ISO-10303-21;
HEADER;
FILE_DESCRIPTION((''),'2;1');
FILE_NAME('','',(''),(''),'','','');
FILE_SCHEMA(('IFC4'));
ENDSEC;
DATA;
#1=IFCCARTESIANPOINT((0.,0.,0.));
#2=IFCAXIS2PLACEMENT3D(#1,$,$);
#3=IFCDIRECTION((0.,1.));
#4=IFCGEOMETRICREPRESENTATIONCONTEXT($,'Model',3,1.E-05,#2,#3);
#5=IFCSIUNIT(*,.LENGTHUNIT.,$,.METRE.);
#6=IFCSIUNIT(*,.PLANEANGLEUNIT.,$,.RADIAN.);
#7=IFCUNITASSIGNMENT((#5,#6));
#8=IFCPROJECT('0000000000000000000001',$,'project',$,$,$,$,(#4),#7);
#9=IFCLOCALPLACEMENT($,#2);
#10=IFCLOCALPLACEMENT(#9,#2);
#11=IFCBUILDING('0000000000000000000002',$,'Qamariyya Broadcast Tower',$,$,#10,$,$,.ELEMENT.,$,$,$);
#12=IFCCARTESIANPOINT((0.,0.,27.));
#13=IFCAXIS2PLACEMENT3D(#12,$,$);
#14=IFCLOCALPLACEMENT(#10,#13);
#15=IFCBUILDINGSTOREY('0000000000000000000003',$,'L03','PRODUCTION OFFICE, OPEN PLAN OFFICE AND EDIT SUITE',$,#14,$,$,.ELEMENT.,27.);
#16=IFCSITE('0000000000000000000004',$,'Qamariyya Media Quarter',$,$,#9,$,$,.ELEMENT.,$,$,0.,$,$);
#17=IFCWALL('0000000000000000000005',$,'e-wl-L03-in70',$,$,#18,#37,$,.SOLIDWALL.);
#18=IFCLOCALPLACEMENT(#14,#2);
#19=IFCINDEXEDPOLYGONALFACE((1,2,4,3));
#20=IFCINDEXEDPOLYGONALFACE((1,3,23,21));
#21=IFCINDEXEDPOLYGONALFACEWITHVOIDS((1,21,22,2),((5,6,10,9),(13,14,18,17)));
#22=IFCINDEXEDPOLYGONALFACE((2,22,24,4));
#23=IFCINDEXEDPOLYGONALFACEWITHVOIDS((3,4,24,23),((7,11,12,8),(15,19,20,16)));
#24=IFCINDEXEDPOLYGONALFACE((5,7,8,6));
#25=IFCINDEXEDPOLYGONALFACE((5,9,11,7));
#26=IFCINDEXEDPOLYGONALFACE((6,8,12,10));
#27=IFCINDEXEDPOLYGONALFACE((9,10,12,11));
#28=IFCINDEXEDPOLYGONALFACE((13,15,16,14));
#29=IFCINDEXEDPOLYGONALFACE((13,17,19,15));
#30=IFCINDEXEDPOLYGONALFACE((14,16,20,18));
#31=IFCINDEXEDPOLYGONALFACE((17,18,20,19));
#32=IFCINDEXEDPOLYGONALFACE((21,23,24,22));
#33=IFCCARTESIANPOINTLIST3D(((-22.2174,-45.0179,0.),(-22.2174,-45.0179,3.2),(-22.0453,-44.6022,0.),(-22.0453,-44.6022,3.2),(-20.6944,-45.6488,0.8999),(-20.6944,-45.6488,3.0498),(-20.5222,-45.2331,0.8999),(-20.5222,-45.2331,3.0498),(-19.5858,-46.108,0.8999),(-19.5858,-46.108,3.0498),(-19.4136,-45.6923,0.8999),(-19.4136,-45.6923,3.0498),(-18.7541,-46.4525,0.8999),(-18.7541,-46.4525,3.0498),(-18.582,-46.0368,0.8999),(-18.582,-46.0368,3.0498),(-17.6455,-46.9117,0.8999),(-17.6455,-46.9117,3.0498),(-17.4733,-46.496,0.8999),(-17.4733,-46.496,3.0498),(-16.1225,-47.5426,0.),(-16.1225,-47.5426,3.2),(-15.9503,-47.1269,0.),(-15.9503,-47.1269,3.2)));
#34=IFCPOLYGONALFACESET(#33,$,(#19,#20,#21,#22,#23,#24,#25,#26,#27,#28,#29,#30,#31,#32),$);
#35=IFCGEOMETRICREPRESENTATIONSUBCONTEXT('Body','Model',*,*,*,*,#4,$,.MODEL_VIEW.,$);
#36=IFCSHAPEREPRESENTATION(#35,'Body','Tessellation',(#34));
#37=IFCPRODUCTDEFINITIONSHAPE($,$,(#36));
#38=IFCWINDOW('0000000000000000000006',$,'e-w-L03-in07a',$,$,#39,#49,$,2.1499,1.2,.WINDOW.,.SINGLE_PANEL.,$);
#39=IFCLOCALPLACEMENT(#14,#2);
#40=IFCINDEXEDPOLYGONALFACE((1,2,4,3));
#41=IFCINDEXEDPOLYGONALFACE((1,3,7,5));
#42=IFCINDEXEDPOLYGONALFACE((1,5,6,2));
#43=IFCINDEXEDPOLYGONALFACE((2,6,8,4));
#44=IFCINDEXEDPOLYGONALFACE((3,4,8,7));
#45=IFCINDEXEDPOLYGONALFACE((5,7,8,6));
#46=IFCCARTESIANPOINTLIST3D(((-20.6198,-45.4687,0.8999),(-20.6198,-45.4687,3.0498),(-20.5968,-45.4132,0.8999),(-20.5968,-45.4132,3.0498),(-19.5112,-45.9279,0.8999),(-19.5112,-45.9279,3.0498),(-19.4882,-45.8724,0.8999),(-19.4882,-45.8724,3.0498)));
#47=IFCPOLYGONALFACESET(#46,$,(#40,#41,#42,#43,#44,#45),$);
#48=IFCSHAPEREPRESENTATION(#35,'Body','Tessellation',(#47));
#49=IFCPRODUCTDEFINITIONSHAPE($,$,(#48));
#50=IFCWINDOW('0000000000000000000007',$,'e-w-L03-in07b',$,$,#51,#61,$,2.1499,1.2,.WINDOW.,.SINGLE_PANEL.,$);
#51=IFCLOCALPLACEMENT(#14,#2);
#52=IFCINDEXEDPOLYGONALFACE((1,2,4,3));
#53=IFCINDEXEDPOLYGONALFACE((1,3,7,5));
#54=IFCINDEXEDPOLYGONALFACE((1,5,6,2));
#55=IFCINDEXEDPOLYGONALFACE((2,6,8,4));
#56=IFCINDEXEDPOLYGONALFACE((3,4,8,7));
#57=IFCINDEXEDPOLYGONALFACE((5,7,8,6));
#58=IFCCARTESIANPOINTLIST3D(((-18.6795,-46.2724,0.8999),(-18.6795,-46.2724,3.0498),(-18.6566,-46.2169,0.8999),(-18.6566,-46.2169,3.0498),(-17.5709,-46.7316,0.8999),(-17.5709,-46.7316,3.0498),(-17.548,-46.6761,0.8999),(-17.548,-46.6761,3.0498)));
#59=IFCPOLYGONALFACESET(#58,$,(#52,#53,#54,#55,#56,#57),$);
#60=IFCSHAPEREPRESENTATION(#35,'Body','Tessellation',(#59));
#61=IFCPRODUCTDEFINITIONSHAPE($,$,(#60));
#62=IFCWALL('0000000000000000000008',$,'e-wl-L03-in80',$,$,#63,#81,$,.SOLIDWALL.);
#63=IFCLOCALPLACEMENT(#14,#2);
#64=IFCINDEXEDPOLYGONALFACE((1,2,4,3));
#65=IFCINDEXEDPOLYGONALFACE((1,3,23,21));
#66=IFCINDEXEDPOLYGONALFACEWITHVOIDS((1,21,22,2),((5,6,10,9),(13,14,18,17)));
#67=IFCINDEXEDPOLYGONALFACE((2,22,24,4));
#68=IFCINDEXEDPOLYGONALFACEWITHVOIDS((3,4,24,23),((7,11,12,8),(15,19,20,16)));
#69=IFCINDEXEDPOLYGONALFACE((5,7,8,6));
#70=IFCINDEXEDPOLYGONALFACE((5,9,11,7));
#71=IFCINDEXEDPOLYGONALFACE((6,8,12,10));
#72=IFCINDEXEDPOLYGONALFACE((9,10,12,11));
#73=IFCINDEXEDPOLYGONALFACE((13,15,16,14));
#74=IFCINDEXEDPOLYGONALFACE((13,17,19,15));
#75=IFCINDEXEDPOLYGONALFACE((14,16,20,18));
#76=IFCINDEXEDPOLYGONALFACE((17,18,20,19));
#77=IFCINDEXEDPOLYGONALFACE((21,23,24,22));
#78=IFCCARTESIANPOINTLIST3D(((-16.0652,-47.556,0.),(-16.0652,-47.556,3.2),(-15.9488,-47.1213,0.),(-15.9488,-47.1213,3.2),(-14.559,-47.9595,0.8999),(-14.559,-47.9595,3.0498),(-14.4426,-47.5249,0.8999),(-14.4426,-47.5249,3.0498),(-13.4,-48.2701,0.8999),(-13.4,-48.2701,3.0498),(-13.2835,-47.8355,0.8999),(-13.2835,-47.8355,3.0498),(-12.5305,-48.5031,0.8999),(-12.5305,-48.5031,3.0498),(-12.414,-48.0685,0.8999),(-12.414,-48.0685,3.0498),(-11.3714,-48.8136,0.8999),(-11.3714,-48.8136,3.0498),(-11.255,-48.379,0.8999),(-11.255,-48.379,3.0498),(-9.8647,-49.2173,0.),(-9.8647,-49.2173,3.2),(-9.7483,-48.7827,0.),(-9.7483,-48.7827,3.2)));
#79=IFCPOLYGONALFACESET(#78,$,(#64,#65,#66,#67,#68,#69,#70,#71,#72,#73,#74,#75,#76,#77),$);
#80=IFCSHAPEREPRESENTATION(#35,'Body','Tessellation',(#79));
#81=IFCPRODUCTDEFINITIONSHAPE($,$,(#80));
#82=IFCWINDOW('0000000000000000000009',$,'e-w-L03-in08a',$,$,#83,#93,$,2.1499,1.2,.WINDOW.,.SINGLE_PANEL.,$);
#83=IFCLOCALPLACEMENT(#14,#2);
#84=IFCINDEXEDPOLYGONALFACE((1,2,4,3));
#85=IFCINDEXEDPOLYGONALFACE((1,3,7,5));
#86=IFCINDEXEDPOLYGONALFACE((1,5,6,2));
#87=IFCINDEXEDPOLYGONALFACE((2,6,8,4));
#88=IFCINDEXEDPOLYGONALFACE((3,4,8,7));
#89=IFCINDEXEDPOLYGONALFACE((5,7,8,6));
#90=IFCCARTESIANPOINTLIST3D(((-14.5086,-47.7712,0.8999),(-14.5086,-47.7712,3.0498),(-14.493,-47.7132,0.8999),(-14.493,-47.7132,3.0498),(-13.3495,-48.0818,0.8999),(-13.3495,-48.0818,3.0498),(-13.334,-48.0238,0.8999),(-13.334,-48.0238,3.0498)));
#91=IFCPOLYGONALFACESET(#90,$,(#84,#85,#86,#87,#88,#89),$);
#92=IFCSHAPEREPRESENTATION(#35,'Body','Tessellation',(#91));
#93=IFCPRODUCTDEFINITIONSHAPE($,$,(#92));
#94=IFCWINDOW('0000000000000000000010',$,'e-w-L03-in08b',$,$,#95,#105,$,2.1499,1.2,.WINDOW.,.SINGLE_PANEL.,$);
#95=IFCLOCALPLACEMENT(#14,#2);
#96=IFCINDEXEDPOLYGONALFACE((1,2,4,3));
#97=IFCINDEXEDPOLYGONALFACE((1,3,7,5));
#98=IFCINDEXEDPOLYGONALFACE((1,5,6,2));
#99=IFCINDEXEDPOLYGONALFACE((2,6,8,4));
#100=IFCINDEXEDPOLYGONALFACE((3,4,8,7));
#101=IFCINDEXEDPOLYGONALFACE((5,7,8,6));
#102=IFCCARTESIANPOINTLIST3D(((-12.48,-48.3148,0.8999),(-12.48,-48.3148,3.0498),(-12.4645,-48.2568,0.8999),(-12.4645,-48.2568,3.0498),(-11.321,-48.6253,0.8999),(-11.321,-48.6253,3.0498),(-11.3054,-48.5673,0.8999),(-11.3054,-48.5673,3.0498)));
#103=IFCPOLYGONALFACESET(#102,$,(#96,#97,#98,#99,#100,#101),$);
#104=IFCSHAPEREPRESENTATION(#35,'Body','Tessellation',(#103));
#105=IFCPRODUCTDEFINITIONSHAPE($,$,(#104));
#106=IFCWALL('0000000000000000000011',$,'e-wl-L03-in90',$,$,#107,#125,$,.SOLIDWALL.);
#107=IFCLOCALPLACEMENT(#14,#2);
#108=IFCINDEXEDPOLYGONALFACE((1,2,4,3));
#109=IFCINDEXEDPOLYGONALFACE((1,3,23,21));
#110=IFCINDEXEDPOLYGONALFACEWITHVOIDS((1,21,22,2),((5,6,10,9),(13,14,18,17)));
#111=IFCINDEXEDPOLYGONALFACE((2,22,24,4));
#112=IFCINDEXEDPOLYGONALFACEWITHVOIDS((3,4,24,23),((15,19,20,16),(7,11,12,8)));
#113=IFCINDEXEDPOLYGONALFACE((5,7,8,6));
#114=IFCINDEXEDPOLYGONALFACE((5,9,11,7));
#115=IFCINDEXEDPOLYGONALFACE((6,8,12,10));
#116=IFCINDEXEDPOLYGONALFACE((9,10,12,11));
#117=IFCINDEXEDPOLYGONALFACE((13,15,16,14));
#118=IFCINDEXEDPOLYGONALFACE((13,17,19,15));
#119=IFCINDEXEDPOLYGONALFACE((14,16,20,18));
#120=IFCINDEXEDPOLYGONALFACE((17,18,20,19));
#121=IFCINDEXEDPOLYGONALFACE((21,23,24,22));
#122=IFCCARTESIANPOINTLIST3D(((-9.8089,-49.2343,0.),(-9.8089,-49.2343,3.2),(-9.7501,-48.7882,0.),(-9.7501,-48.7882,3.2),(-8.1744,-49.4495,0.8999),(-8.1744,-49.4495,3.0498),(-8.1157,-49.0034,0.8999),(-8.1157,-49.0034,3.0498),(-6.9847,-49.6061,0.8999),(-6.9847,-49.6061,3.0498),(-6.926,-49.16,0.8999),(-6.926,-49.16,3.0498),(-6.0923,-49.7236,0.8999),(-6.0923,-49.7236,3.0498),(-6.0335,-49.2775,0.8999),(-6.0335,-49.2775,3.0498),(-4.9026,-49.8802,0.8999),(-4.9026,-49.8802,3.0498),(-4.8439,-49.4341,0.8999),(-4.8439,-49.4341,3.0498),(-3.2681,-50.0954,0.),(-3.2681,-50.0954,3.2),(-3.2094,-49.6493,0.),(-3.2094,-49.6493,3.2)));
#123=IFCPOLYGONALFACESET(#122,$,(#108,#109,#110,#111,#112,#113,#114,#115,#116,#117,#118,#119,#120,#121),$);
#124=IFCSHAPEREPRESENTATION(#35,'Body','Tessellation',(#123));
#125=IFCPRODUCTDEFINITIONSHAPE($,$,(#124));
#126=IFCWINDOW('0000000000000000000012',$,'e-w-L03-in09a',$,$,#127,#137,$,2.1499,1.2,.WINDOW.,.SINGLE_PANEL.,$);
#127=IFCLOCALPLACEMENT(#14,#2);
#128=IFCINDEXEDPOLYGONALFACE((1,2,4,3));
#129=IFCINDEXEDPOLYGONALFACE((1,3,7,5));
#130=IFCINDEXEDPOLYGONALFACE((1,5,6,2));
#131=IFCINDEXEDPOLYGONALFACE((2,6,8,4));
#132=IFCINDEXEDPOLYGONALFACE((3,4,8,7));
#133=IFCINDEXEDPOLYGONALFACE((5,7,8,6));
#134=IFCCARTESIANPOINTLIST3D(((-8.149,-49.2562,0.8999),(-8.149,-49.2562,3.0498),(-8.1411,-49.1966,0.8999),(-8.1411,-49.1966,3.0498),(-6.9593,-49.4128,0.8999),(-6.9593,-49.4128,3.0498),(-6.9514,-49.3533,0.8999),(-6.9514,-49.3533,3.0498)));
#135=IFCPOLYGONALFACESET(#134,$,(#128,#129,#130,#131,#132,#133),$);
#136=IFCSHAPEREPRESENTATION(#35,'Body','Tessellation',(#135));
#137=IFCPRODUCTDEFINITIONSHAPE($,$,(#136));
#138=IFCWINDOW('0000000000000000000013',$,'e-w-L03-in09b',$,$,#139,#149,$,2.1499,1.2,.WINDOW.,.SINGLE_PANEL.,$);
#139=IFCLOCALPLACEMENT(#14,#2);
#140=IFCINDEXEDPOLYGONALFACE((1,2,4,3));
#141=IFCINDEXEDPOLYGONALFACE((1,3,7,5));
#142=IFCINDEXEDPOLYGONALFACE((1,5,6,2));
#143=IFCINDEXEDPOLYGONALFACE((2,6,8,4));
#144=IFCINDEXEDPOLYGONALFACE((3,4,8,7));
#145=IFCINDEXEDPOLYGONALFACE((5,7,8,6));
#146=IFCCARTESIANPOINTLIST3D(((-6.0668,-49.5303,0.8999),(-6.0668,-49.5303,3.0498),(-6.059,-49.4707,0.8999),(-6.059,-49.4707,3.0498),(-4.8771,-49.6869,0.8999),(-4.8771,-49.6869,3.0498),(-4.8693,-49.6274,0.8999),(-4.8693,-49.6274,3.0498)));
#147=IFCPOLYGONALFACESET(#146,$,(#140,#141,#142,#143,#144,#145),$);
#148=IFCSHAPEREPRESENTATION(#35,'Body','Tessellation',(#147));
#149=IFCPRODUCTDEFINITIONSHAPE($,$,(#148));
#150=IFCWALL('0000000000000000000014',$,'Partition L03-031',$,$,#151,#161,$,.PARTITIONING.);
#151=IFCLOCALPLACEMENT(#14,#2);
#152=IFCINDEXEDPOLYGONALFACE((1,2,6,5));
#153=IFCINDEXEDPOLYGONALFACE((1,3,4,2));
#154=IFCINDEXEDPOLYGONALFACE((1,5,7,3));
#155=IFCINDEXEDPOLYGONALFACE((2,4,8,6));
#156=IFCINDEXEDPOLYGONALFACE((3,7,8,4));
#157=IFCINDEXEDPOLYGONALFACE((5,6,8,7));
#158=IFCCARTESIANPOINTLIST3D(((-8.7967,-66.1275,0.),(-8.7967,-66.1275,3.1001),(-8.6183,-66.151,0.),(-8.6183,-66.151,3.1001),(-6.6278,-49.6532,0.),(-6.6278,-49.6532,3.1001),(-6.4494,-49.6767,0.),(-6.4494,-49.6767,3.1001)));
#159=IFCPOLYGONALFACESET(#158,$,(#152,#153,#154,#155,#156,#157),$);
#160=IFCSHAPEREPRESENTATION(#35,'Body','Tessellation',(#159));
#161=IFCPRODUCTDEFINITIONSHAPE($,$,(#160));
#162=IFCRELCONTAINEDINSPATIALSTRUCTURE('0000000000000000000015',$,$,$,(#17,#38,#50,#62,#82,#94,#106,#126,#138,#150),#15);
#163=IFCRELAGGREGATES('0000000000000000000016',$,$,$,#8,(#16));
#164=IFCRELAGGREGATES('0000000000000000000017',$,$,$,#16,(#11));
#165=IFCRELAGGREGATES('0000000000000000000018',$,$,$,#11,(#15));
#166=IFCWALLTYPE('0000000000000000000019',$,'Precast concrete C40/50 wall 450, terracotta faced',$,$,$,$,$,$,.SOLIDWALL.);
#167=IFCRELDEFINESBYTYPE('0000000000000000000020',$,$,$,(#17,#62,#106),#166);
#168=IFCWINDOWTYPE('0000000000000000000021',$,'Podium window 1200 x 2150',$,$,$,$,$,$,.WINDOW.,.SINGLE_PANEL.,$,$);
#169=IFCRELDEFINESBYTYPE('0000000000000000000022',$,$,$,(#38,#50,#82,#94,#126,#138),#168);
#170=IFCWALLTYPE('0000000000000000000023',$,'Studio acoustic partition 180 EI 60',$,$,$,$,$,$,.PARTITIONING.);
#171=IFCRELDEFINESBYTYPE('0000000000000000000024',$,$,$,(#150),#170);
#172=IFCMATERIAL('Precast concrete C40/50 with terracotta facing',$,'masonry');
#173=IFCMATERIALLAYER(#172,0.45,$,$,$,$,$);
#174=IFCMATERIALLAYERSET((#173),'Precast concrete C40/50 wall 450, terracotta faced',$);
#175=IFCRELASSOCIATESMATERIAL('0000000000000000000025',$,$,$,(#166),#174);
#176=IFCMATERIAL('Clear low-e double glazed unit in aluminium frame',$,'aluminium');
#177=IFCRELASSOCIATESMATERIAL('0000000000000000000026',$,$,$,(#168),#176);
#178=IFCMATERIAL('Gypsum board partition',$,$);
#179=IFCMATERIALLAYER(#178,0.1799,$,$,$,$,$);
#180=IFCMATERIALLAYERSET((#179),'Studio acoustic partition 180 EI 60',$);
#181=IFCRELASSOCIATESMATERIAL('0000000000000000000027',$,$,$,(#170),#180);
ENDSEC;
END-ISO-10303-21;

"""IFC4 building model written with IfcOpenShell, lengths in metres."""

from ifc_helpers import new_model, si_unit, direction, frame, frame_2d, origin, place, context, subcontext, project, spatial, rectangle, extrude, material, layer, layer_set, type_object, element, fill, save


model = new_model("IFC4")

# Units and contexts
model_context = context("Model", 3, precision=1e-05, world=origin(), true_north=direction((0.0, 1.0)))
body_context = subcontext(model_context, "Body", "Model", "MODEL_VIEW")
ifc_project = project(units=[si_unit("LENGTHUNIT", "METRE"), si_unit("PLANEANGLEUNIT", "RADIAN")], contexts=[model_context])

# Site, building, storey
site_placement = place(None, origin())
site = spatial("IfcSite", under=ifc_project, at=site_placement, Name="Qamariyya Media Quarter", CompositionType="ELEMENT", RefElevation=0.0)
building_placement = place(site_placement, origin())
building = spatial("IfcBuilding", under=site, at=building_placement, Name="Qamariyya Broadcast Tower", CompositionType="ELEMENT")
storey_placement = place(building_placement, frame((0.0, 0.0, 27.0)))
storey = spatial("IfcBuildingStorey", under=building, at=storey_placement, Name="L03", Description="PRODUCTION OFFICE, OPEN PLAN OFFICE AND EDIT SUITE", CompositionType="ELEMENT", Elevation=27.0)

# Shared definitions
ifc_material_1 = material(Name="Gypsum board partition")

# Walls, openings, windows
ifc_material_2 = material(Name="Precast concrete C40/50 with terracotta facing", Category="masonry")
ifc_layer_1 = layer(ifc_material_2, 0.45)
ifc_layer_set_1 = layer_set([ifc_layer_1], Name="Precast concrete C40/50 wall 450, terracotta faced")
wall_type_1 = type_object("IfcWallType", Name="Precast concrete C40/50 wall 450, terracotta faced", PredefinedType="SOLIDWALL", material=ifc_layer_set_1)
ifc_material_3 = material(Name="Clear low-e double glazed unit in aluminium frame", Category="aluminium")
window_type = type_object("IfcWindowType", Name="Podium window 1200 x 2150", PartitioningType="SINGLE_PANEL", PredefinedType="WINDOW", material=ifc_material_3)
wall_1_placement = place(storey_placement, frame((-16.0364, -47.3347, 0.0), z_axis=(0.0, 0.0, 1.0), x_axis=(-0.923877, 0.382688, 0.0)))
wall_1 = element("IfcWall", 1, at=wall_1_placement, inside=storey, type_object=wall_type_1, Name="e-wl-L03-in70", PredefinedType="SOLIDWALL", context=body_context, shape_type="SweptSolid", body=[
    extrude(rectangle(XDim=6.5972, YDim=0.45, at=frame_2d((3.2986, 0.0))), origin(), (0.0, 0.0, 1.0), 3.2),
])
opening_1_placement = place(wall_1_placement, frame((3.7485, 0.0, 0.8999)))
opening_1 = element("IfcOpeningElement", 2, at=opening_1_placement, cuts=wall_1, PredefinedType="OPENING", context=body_context, shape_type="SweptSolid", body=[
    extrude(rectangle(XDim=1.2, YDim=2.1499, at=frame_2d((0.6001, 1.075))), frame((0.0, 0.2349, 0.0), z_axis=(0.0, -1.0, 0.0), x_axis=(1.0, 0.0, 0.0)), (0.0, 0.0, 1.0), 0.47),
])
opening_2_placement = place(wall_1_placement, frame((1.6484, 0.0, 0.8999)))
opening_2 = element("IfcOpeningElement", 3, at=opening_2_placement, cuts=wall_1, PredefinedType="OPENING", context=body_context, shape_type="SweptSolid", body=[
    extrude(rectangle(XDim=1.2, YDim=2.1499, at=frame_2d((0.6001, 1.075))), frame((0.0, 0.2349, 0.0), z_axis=(0.0, -1.0, 0.0), x_axis=(1.0, 0.0, 0.0)), (0.0, 0.0, 1.0), 0.47),
])
window_1_placement = place(opening_1_placement, origin())
window_1 = element("IfcWindow", 4, at=window_1_placement, inside=storey, type_object=window_type, Name="e-w-L03-in07a", OverallHeight=2.1499, OverallWidth=1.2, PartitioningType="SINGLE_PANEL", PredefinedType="WINDOW", context=body_context, shape_type="SweptSolid", body=[
    extrude(rectangle(XDim=1.2, YDim=2.1499, at=frame_2d((0.6001, 1.075))), frame((0.0, 0.03, 0.0), z_axis=(0.0, -1.0, 0.0), x_axis=(1.0, 0.0, 0.0)), (0.0, 0.0, 1.0), 0.0601),
])
fill(opening_1, window_1)
window_2_placement = place(opening_2_placement, origin())
window_2 = element("IfcWindow", 5, at=window_2_placement, inside=storey, type_object=window_type, Name="e-w-L03-in07b", OverallHeight=2.1499, OverallWidth=1.2, PartitioningType="SINGLE_PANEL", PredefinedType="WINDOW", context=body_context, shape_type="SweptSolid", body=[
    extrude(rectangle(XDim=1.2, YDim=2.1499, at=frame_2d((0.6001, 1.075))), frame((0.0, 0.03, 0.0), z_axis=(0.0, -1.0, 0.0), x_axis=(1.0, 0.0, 0.0)), (0.0, 0.0, 1.0), 0.0601),
])
fill(opening_2, window_2)
wall_2_placement = place(storey_placement, frame((-9.8066, -49.0, 0.0), z_axis=(0.0, 0.0, 1.0), x_axis=(-0.965927, 0.258815, 0.0)))
wall_2 = element("IfcWall", 6, at=wall_2_placement, inside=storey, type_object=wall_type_1, Name="e-wl-L03-in80", PredefinedType="SOLIDWALL", context=body_context, shape_type="SweptSolid", body=[
    extrude(rectangle(XDim=6.4192, YDim=0.45, at=frame_2d((3.2095, 0.0))), origin(), (0.0, 0.0, 1.0), 3.2),
])
opening_3_placement = place(wall_2_placement, frame((3.6597, 0.0, 0.8999)))
opening_3 = element("IfcOpeningElement", 7, at=opening_3_placement, cuts=wall_2, PredefinedType="OPENING", context=body_context, shape_type="SweptSolid", body=[
    extrude(rectangle(XDim=1.2, YDim=2.1499, at=frame_2d((0.6001, 1.075))), frame((0.0, 0.2349, 0.0), z_axis=(0.0, -1.0, 0.0), x_axis=(1.0, 0.0, 0.0)), (0.0, 0.0, 1.0), 0.47),
])
opening_4_placement = place(wall_2_placement, frame((1.5596, 0.0, 0.8999)))
opening_4 = element("IfcOpeningElement", 8, at=opening_4_placement, cuts=wall_2, PredefinedType="OPENING", context=body_context, shape_type="SweptSolid", body=[
    extrude(rectangle(XDim=1.2, YDim=2.1499, at=frame_2d((0.6001, 1.075))), frame((0.0, 0.2349, 0.0), z_axis=(0.0, -1.0, 0.0), x_axis=(1.0, 0.0, 0.0)), (0.0, 0.0, 1.0), 0.47),
])
window_3_placement = place(opening_3_placement, origin())
window_3 = element("IfcWindow", 9, at=window_3_placement, inside=storey, type_object=window_type, Name="e-w-L03-in08a", OverallHeight=2.1499, OverallWidth=1.2, PartitioningType="SINGLE_PANEL", PredefinedType="WINDOW", context=body_context, shape_type="SweptSolid", body=[
    extrude(rectangle(XDim=1.2, YDim=2.1499, at=frame_2d((0.6001, 1.075))), frame((0.0, 0.03, 0.0), z_axis=(0.0, -1.0, 0.0), x_axis=(1.0, 0.0, 0.0)), (0.0, 0.0, 1.0), 0.0601),
])
fill(opening_3, window_3)
window_4_placement = place(opening_4_placement, origin())
window_4 = element("IfcWindow", 10, at=window_4_placement, inside=storey, type_object=window_type, Name="e-w-L03-in08b", OverallHeight=2.1499, OverallWidth=1.2, PartitioningType="SINGLE_PANEL", PredefinedType="WINDOW", context=body_context, shape_type="SweptSolid", body=[
    extrude(rectangle(XDim=1.2, YDim=2.1499, at=frame_2d((0.6001, 1.075))), frame((0.0, 0.03, 0.0), z_axis=(0.0, -1.0, 0.0), x_axis=(1.0, 0.0, 0.0)), (0.0, 0.0, 1.0), 0.0601),
])
fill(opening_4, window_4)
wall_3_placement = place(storey_placement, frame((-3.2388, -49.8723, 0.0), z_axis=(0.0, 0.0, 1.0), x_axis=(-0.991445, 0.130522, 0.0)))
wall_3 = element("IfcWall", 11, at=wall_3_placement, inside=storey, type_object=wall_type_1, Name="e-wl-L03-in90", PredefinedType="SOLIDWALL", context=body_context, shape_type="SweptSolid", body=[
    extrude(rectangle(XDim=6.5972, YDim=0.45, at=frame_2d((3.2986, 0.0))), origin(), (0.0, 0.0, 1.0), 3.2),
])
opening_5_placement = place(wall_3_placement, frame((3.7485, 0.0, 0.8999)))
opening_5 = element("IfcOpeningElement", 12, at=opening_5_placement, cuts=wall_3, PredefinedType="OPENING", context=body_context, shape_type="SweptSolid", body=[
    extrude(rectangle(XDim=1.2, YDim=2.1499, at=frame_2d((0.6001, 1.075))), frame((0.0, 0.2349, 0.0), z_axis=(0.0, -1.0, 0.0), x_axis=(1.0, 0.0, 0.0)), (0.0, 0.0, 1.0), 0.47),
])
opening_6_placement = place(wall_3_placement, frame((1.6484, 0.0, 0.8999)))
opening_6 = element("IfcOpeningElement", 13, at=opening_6_placement, cuts=wall_3, PredefinedType="OPENING", context=body_context, shape_type="SweptSolid", body=[
    extrude(rectangle(XDim=1.2, YDim=2.1499, at=frame_2d((0.6001, 1.075))), frame((0.0, 0.2349, 0.0), z_axis=(0.0, -1.0, 0.0), x_axis=(1.0, 0.0, 0.0)), (0.0, 0.0, 1.0), 0.47),
])
window_5_placement = place(opening_5_placement, origin())
window_5 = element("IfcWindow", 14, at=window_5_placement, inside=storey, type_object=window_type, Name="e-w-L03-in09a", OverallHeight=2.1499, OverallWidth=1.2, PartitioningType="SINGLE_PANEL", PredefinedType="WINDOW", context=body_context, shape_type="SweptSolid", body=[
    extrude(rectangle(XDim=1.2, YDim=2.1499, at=frame_2d((0.6001, 1.075))), frame((0.0, 0.03, 0.0), z_axis=(0.0, -1.0, 0.0), x_axis=(1.0, 0.0, 0.0)), (0.0, 0.0, 1.0), 0.0601),
])
fill(opening_5, window_5)
window_6_placement = place(opening_6_placement, origin())
window_6 = element("IfcWindow", 15, at=window_6_placement, inside=storey, type_object=window_type, Name="e-w-L03-in09b", OverallHeight=2.1499, OverallWidth=1.2, PartitioningType="SINGLE_PANEL", PredefinedType="WINDOW", context=body_context, shape_type="SweptSolid", body=[
    extrude(rectangle(XDim=1.2, YDim=2.1499, at=frame_2d((0.6001, 1.075))), frame((0.0, 0.03, 0.0), z_axis=(0.0, -1.0, 0.0), x_axis=(1.0, 0.0, 0.0)), (0.0, 0.0, 1.0), 0.0601),
])
fill(opening_6, window_6)

# Wall
ifc_layer_2 = layer(ifc_material_1, 0.1799)
ifc_layer_set_2 = layer_set([ifc_layer_2], Name="Studio acoustic partition 180 EI 60")
wall_type_2 = type_object("IfcWallType", Name="Studio acoustic partition 180 EI 60", PredefinedType="PARTITIONING", material=ifc_layer_set_2)
wall_4_placement = place(storey_placement, frame((-6.5386, -49.665, 0.0), z_axis=(0.0, 0.0, 1.0), x_axis=(-0.130529, -0.991444, 0.0)))
element("IfcWall", 16, at=wall_4_placement, inside=storey, type_object=wall_type_2, Name="Partition L03-031", PredefinedType="PARTITIONING", context=body_context, shape_type="SweptSolid", body=[
    extrude(rectangle(XDim=16.6165, YDim=0.1799, at=frame_2d((8.3081, 0.0))), origin(), (0.0, 0.0, 1.0), 3.1001),
])

save(model, "model.ifc")
